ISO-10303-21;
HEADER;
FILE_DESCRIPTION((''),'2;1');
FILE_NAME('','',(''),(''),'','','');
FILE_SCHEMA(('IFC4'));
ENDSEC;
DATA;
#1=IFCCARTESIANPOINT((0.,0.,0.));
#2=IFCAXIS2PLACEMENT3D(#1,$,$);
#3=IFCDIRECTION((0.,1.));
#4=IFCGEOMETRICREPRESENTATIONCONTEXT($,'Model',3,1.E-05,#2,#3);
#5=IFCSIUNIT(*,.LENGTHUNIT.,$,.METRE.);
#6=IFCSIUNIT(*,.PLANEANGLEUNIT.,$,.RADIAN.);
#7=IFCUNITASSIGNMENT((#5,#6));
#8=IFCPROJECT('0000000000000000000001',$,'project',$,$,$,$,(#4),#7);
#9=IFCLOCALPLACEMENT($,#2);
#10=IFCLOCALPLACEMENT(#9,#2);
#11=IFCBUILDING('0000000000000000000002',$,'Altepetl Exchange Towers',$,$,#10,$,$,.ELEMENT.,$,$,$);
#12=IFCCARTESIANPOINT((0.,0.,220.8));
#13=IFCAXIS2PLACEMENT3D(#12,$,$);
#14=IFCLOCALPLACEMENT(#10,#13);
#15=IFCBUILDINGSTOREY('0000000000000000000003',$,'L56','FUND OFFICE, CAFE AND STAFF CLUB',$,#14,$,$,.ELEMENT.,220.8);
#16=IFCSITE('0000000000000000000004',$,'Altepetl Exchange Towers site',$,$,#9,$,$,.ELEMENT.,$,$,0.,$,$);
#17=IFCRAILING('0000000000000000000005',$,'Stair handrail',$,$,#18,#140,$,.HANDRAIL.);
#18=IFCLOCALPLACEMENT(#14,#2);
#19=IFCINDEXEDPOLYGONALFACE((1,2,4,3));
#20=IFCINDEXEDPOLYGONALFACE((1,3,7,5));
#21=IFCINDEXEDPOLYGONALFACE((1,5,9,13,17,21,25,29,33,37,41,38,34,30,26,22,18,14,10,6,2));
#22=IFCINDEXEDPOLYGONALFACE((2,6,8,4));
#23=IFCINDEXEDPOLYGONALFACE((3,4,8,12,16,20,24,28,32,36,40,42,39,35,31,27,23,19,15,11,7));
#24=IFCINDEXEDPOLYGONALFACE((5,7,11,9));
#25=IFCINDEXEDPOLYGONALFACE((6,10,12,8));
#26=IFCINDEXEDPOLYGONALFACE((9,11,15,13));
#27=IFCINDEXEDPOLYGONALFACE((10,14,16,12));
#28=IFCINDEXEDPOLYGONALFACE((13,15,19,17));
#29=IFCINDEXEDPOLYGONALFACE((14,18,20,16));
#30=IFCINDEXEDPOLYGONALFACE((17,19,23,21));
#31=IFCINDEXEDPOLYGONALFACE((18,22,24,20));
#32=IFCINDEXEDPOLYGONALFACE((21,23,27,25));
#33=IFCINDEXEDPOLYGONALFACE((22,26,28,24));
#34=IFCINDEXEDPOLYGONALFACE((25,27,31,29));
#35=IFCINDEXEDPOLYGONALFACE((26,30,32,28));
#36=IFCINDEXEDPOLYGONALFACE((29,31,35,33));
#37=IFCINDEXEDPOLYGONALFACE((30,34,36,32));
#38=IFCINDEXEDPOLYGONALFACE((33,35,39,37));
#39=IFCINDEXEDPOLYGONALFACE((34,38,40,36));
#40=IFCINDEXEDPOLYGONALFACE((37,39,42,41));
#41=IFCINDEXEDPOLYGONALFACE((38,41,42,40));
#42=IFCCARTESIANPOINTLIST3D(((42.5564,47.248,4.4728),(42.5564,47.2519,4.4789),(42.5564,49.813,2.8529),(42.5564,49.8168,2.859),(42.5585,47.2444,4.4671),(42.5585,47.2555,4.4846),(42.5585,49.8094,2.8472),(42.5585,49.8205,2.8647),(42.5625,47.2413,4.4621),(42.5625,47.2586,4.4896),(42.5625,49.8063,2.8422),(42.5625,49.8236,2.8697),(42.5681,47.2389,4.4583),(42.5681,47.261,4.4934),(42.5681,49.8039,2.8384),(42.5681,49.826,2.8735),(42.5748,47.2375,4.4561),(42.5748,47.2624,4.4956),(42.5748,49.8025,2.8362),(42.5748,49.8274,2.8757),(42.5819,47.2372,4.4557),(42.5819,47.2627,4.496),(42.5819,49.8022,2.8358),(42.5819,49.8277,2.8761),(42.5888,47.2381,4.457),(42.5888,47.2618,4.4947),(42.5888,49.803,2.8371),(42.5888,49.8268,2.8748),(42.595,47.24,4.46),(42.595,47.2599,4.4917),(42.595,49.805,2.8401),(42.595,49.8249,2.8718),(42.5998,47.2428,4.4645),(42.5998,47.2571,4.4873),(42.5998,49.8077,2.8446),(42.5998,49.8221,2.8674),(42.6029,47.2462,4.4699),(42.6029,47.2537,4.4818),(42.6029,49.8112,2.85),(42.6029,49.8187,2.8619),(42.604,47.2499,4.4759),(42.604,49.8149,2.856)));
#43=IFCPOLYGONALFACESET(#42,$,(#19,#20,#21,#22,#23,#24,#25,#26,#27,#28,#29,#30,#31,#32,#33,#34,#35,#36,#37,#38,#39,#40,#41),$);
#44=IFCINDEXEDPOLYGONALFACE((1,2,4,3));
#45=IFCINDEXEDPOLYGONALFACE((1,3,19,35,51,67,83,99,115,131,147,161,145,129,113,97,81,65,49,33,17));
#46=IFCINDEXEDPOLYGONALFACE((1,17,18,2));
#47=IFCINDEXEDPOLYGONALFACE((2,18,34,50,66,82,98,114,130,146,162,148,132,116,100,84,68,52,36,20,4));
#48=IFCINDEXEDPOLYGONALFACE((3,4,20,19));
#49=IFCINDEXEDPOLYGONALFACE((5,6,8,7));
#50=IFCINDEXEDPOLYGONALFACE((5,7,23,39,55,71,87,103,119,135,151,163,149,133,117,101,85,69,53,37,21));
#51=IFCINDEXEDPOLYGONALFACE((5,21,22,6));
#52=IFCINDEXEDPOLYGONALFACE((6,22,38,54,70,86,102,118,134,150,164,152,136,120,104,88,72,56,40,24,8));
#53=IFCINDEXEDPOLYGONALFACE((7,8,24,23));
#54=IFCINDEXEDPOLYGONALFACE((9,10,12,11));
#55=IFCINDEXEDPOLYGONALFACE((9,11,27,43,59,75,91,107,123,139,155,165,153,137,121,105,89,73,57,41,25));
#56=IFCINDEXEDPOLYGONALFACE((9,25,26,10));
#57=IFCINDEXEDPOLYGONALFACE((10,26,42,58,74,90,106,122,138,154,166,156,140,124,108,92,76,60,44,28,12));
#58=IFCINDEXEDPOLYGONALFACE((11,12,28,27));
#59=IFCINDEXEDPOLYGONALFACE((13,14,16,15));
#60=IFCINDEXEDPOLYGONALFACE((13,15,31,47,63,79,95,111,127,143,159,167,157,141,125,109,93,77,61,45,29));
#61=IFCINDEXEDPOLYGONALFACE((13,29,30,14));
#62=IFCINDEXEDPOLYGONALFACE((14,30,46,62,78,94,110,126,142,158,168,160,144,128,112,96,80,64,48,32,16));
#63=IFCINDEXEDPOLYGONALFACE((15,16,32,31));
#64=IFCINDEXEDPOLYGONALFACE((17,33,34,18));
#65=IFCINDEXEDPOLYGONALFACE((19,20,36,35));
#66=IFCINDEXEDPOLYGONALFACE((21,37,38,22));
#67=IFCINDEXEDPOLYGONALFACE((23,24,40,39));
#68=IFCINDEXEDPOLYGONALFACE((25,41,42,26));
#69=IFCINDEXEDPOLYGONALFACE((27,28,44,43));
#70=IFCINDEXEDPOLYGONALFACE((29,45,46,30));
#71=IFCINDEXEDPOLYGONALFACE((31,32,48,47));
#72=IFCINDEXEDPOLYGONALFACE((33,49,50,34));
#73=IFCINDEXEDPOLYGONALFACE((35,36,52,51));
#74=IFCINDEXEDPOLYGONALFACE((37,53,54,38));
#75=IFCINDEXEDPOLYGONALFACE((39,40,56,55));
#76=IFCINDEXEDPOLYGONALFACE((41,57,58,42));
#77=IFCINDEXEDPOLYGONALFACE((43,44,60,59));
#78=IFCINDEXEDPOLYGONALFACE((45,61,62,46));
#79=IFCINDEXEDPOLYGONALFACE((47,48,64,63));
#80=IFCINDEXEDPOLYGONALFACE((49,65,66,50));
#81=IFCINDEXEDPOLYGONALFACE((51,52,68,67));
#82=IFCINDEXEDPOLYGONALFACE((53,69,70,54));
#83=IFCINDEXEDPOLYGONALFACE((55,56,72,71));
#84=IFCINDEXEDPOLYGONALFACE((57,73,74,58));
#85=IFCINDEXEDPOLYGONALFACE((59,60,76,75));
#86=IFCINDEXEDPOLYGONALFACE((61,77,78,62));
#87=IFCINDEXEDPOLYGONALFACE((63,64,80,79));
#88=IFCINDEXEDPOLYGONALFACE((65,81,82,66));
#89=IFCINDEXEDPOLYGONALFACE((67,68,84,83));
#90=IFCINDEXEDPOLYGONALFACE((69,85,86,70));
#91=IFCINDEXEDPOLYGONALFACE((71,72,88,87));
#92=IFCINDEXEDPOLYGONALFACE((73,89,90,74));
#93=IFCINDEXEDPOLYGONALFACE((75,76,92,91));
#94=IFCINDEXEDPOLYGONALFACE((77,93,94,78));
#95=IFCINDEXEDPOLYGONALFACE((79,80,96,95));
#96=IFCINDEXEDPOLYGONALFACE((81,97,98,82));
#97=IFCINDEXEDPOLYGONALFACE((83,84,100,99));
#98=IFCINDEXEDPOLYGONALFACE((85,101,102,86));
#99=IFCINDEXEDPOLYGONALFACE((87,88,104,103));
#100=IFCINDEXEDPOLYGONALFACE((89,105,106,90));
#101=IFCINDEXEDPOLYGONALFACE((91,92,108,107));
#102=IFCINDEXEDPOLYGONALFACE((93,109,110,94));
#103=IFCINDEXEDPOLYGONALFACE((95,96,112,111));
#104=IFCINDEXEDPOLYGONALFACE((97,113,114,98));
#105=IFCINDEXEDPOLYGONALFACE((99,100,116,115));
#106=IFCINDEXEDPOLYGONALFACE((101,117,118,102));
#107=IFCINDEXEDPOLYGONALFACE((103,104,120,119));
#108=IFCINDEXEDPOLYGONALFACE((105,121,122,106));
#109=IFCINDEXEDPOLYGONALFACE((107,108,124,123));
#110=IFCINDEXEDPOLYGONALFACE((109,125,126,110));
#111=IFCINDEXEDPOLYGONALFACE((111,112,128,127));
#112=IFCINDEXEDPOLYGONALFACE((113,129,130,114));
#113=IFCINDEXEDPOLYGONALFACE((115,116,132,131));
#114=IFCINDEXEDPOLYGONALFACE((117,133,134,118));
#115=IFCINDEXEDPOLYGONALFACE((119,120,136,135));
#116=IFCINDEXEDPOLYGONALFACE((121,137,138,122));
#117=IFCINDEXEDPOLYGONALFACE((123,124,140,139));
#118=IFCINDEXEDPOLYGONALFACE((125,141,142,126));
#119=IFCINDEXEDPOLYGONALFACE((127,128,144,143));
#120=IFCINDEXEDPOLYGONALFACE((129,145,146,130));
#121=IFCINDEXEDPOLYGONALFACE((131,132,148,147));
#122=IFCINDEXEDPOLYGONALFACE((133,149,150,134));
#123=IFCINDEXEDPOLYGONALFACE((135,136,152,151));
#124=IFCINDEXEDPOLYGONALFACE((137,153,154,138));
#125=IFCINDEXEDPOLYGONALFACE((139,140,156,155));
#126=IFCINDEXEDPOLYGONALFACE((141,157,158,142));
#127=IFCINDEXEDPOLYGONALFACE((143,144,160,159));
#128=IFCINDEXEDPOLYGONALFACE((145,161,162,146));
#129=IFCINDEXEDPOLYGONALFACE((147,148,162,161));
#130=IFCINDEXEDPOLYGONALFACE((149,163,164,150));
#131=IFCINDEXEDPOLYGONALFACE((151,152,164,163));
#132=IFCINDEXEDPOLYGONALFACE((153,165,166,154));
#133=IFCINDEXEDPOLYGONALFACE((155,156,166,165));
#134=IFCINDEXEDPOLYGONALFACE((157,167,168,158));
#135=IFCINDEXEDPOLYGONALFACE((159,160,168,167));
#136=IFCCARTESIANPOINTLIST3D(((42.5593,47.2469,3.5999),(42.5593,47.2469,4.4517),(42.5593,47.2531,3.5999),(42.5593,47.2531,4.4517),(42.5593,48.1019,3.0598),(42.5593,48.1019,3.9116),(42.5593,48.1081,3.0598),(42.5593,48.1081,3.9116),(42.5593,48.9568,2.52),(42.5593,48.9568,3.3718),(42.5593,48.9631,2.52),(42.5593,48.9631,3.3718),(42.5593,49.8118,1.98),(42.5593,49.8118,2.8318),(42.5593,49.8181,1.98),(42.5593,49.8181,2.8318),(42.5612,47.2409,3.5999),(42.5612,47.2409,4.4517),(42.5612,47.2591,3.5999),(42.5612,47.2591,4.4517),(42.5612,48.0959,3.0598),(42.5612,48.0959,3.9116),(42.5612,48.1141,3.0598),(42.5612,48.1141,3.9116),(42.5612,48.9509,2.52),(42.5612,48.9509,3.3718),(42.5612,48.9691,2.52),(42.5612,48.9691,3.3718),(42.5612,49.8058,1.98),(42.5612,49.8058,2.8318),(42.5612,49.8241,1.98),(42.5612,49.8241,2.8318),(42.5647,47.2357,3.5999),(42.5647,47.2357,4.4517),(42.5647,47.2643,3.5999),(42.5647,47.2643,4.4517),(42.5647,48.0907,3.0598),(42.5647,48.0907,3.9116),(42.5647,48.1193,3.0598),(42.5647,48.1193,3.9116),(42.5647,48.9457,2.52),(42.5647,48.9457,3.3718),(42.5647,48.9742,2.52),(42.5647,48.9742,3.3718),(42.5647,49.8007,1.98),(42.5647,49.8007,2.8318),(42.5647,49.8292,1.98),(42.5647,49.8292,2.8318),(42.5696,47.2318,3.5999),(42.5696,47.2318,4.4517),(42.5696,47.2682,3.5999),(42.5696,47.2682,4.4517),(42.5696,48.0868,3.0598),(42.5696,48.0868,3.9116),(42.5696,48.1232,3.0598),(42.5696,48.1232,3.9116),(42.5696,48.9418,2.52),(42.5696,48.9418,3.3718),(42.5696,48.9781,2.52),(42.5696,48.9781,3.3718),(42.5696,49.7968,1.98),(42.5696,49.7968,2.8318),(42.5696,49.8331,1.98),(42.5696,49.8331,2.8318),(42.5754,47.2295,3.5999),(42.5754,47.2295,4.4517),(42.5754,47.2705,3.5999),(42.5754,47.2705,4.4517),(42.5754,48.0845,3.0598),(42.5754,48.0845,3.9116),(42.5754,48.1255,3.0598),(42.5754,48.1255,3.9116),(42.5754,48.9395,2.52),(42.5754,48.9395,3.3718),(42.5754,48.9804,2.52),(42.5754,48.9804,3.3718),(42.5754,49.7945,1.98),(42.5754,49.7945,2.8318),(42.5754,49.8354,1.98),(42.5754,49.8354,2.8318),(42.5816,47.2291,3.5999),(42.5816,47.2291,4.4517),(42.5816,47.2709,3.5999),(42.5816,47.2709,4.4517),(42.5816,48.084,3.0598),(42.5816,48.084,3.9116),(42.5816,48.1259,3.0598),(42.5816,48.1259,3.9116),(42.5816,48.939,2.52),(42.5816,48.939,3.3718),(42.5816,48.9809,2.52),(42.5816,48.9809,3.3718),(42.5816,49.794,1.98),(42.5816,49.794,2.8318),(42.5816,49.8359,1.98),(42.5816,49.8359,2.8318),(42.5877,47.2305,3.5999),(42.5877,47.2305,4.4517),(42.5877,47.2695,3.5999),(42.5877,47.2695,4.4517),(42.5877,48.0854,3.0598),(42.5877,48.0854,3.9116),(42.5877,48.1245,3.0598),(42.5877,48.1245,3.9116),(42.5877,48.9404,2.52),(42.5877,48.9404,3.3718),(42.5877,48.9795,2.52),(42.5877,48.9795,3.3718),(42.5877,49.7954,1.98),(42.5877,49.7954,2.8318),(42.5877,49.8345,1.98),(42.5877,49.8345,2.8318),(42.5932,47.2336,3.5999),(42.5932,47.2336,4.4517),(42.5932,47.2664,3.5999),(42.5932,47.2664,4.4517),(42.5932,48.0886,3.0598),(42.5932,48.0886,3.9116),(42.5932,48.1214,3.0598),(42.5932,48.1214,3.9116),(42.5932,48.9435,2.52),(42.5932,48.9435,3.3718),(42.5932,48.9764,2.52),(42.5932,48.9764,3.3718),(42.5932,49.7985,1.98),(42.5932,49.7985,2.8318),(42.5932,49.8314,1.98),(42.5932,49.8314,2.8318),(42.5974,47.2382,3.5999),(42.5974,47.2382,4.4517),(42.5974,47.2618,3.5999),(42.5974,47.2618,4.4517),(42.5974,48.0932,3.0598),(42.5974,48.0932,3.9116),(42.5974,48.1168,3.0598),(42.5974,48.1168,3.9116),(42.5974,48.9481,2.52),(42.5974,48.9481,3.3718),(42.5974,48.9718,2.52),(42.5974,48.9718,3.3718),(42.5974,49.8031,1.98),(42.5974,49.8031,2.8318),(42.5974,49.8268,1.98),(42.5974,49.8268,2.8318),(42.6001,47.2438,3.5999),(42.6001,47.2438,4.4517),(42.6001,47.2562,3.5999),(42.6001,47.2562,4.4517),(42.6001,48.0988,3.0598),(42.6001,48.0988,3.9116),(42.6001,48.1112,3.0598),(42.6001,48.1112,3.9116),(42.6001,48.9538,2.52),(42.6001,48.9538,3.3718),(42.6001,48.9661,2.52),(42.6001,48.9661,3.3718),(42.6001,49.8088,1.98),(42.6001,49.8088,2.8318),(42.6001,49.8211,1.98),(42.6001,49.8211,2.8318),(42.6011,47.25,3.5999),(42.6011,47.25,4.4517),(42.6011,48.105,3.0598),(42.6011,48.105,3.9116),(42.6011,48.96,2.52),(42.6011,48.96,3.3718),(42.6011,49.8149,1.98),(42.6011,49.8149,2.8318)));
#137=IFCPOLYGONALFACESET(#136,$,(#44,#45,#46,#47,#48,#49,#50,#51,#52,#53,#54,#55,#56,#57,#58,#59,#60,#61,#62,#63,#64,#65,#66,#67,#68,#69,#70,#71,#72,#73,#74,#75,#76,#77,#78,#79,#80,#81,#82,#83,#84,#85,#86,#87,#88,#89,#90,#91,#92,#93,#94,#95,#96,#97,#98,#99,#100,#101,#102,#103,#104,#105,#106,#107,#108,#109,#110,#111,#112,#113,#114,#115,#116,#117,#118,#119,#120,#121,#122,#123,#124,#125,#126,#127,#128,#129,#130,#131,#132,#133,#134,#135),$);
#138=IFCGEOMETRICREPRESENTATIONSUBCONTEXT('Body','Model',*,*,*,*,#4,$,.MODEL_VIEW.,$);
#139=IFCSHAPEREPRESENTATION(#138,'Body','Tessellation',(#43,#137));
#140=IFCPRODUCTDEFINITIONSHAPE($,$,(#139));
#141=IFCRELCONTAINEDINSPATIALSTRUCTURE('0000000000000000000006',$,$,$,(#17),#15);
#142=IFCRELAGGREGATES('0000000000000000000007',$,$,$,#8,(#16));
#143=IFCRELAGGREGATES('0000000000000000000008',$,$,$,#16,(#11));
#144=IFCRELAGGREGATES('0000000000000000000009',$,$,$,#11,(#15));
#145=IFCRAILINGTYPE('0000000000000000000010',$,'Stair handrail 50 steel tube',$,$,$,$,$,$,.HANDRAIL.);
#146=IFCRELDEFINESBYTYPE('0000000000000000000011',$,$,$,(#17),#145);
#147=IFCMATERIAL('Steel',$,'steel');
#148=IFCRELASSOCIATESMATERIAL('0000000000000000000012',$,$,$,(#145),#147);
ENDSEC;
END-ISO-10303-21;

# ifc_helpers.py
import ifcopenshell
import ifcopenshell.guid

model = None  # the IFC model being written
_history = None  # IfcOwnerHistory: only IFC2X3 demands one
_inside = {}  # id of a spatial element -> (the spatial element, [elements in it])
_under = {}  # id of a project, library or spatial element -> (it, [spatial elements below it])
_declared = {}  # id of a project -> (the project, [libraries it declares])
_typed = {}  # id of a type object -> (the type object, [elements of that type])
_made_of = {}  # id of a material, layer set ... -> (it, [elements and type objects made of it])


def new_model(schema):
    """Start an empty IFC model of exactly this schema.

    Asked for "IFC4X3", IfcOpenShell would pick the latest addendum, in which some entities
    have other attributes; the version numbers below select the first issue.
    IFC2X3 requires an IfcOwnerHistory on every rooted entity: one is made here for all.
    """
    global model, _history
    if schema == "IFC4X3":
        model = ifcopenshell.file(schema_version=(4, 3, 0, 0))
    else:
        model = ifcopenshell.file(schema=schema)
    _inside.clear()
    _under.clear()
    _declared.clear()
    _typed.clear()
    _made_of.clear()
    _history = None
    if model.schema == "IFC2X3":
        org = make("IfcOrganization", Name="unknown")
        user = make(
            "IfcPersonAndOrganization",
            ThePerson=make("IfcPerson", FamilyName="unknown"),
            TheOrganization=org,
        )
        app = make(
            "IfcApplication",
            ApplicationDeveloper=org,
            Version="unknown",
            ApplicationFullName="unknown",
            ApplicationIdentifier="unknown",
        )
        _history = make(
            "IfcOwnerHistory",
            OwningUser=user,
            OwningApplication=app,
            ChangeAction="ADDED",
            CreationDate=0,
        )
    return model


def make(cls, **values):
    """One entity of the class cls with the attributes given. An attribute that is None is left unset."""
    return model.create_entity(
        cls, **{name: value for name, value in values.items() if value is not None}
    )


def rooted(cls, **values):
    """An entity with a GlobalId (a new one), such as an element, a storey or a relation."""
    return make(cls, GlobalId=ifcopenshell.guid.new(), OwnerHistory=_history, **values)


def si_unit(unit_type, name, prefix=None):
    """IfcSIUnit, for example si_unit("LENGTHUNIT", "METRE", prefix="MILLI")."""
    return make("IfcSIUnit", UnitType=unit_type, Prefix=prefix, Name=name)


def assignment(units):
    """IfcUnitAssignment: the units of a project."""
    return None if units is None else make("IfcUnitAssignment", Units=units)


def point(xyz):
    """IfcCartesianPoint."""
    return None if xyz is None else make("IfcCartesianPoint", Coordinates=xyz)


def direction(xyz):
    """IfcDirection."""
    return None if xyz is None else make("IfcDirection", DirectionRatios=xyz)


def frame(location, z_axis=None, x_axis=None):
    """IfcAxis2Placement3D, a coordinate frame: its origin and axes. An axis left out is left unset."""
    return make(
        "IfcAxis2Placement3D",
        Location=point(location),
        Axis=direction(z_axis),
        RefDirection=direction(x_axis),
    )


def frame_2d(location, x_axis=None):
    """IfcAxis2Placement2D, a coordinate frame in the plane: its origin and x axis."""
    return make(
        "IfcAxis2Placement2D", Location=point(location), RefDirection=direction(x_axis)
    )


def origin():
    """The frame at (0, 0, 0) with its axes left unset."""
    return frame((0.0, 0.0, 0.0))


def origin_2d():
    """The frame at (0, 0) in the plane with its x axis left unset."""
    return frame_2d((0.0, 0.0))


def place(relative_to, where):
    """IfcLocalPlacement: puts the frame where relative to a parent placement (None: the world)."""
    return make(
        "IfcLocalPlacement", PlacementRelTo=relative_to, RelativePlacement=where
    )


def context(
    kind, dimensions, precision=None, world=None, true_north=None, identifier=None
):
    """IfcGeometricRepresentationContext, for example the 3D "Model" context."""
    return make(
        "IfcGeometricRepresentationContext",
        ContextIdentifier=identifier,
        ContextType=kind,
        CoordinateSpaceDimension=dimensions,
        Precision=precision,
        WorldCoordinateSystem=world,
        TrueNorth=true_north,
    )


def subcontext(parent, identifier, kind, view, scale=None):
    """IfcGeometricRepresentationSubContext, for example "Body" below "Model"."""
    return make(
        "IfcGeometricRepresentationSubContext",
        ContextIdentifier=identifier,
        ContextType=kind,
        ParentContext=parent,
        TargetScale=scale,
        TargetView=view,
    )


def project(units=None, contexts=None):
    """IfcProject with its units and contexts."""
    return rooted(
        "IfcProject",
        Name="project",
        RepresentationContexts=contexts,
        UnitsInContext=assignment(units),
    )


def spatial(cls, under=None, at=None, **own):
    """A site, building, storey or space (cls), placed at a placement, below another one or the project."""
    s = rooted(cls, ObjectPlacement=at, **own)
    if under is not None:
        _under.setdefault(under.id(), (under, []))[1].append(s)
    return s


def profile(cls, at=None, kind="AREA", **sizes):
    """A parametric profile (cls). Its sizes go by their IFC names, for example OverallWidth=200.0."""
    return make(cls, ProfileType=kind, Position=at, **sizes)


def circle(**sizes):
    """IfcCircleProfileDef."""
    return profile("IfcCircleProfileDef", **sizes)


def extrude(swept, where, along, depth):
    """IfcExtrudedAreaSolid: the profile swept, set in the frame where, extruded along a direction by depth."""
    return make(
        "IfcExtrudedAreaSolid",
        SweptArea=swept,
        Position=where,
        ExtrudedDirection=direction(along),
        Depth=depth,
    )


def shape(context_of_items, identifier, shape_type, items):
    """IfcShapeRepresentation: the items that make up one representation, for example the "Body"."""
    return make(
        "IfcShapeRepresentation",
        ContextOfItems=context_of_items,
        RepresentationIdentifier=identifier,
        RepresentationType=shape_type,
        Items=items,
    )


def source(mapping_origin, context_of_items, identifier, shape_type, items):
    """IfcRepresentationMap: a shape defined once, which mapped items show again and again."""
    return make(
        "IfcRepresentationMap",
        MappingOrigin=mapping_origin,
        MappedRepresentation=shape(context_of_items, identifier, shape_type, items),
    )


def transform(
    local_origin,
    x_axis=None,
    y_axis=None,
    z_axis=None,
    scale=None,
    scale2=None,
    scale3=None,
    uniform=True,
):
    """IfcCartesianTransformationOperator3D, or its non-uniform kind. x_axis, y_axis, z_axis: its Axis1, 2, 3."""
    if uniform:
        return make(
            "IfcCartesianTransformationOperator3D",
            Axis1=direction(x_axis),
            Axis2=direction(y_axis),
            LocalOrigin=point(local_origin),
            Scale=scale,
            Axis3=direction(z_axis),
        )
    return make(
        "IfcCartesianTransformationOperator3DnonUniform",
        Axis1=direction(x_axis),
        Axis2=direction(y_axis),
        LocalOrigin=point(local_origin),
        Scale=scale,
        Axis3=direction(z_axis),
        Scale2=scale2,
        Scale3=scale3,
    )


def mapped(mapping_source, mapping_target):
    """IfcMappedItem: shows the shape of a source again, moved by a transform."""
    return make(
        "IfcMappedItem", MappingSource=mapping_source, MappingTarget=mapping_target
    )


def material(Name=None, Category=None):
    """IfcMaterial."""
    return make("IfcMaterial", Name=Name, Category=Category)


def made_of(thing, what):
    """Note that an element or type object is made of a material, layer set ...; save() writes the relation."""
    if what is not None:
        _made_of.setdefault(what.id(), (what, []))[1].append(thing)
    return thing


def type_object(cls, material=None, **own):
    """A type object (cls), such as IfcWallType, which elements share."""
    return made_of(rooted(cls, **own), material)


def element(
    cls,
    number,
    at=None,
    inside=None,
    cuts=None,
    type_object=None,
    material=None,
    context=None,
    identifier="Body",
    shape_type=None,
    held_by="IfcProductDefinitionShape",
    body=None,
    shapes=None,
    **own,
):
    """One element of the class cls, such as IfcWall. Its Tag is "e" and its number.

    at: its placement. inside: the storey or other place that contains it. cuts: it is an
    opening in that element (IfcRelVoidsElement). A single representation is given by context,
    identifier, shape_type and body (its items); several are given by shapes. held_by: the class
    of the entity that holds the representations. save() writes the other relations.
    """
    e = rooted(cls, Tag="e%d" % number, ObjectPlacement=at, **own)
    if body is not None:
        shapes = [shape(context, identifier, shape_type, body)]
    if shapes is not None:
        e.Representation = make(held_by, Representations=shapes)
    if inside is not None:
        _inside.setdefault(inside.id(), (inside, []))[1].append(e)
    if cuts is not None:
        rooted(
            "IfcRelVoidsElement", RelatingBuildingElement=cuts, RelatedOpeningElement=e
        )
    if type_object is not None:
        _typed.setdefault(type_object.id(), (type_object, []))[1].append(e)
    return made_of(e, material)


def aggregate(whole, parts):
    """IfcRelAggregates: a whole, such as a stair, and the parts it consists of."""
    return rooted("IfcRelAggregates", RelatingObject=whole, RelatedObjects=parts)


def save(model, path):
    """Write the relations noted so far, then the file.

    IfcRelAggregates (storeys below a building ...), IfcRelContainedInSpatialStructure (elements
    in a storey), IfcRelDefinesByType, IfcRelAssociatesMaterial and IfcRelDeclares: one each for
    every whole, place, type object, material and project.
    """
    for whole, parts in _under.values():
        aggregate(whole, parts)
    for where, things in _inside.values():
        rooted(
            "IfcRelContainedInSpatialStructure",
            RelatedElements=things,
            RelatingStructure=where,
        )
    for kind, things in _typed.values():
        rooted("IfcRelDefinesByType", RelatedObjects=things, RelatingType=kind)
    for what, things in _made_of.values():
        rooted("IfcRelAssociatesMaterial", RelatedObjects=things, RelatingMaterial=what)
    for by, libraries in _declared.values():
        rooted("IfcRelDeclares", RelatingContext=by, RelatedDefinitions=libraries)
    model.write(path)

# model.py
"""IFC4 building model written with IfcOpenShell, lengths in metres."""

from ifc_helpers import new_model, si_unit, direction, frame, origin, origin_2d, place, context, subcontext, project, spatial, circle, extrude, source, transform, mapped, material, type_object, element, save


model = new_model("IFC4")

# Units and contexts
model_context = context("Model", 3, precision=1e-05, world=origin(), true_north=direction((0.0, 1.0)))
body_context = subcontext(model_context, "Body", "Model", "MODEL_VIEW")
ifc_project = project(units=[si_unit("LENGTHUNIT", "METRE"), si_unit("PLANEANGLEUNIT", "RADIAN")], contexts=[model_context])

# Site, building, storey
site_placement = place(None, origin())
site = spatial("IfcSite", under=ifc_project, at=site_placement, Name="Altepetl Exchange Towers site", CompositionType="ELEMENT", RefElevation=0.0)
building_placement = place(site_placement, origin())
building = spatial("IfcBuilding", under=site, at=building_placement, Name="Altepetl Exchange Towers", CompositionType="ELEMENT")
storey_placement = place(building_placement, frame((0.0, 0.0, 220.8)))
storey = spatial("IfcBuildingStorey", under=building, at=storey_placement, Name="L56", Description="FUND OFFICE, CAFE AND STAFF CLUB", CompositionType="ELEMENT", Elevation=220.8)

# Railing
ifc_material_1 = material(Name="Steel", Category="steel")
railing_type = type_object("IfcRailingType", Name="Stair handrail 50 steel tube", PredefinedType="HANDRAIL", material=ifc_material_1)
shared_shape = source(origin(), body_context, "Body", "SweptSolid", [
    extrude(circle(Radius=0.021, at=origin_2d()), origin(), (0.0, 0.0, 1.0), 0.8518),
])
railing_1_placement = place(storey_placement, frame((42.5801, 49.8149, 1.98)))
element("IfcRailing", 1, at=railing_1_placement, inside=storey, type_object=railing_type, Name="Stair handrail", PredefinedType="HANDRAIL", context=body_context, shape_type="SweptSolid", body=[
    extrude(circle(Radius=0.0239, at=origin_2d()), frame((0.0, 0.0, 0.876), z_axis=(0.0, -0.845502, 0.533972), x_axis=(1.0, 0.0, 0.0)), (0.0, 0.0, 1.0), 3.0337),
    mapped(shared_shape, transform((0.0, 0.0, 0.0))),
    mapped(shared_shape, transform((0.0, -0.855, 0.54))),
    mapped(shared_shape, transform((0.0, -1.71, 1.0798))),
    mapped(shared_shape, transform((0.0, -2.5649, 1.6199))),
])

save(model, "model.ifc")
